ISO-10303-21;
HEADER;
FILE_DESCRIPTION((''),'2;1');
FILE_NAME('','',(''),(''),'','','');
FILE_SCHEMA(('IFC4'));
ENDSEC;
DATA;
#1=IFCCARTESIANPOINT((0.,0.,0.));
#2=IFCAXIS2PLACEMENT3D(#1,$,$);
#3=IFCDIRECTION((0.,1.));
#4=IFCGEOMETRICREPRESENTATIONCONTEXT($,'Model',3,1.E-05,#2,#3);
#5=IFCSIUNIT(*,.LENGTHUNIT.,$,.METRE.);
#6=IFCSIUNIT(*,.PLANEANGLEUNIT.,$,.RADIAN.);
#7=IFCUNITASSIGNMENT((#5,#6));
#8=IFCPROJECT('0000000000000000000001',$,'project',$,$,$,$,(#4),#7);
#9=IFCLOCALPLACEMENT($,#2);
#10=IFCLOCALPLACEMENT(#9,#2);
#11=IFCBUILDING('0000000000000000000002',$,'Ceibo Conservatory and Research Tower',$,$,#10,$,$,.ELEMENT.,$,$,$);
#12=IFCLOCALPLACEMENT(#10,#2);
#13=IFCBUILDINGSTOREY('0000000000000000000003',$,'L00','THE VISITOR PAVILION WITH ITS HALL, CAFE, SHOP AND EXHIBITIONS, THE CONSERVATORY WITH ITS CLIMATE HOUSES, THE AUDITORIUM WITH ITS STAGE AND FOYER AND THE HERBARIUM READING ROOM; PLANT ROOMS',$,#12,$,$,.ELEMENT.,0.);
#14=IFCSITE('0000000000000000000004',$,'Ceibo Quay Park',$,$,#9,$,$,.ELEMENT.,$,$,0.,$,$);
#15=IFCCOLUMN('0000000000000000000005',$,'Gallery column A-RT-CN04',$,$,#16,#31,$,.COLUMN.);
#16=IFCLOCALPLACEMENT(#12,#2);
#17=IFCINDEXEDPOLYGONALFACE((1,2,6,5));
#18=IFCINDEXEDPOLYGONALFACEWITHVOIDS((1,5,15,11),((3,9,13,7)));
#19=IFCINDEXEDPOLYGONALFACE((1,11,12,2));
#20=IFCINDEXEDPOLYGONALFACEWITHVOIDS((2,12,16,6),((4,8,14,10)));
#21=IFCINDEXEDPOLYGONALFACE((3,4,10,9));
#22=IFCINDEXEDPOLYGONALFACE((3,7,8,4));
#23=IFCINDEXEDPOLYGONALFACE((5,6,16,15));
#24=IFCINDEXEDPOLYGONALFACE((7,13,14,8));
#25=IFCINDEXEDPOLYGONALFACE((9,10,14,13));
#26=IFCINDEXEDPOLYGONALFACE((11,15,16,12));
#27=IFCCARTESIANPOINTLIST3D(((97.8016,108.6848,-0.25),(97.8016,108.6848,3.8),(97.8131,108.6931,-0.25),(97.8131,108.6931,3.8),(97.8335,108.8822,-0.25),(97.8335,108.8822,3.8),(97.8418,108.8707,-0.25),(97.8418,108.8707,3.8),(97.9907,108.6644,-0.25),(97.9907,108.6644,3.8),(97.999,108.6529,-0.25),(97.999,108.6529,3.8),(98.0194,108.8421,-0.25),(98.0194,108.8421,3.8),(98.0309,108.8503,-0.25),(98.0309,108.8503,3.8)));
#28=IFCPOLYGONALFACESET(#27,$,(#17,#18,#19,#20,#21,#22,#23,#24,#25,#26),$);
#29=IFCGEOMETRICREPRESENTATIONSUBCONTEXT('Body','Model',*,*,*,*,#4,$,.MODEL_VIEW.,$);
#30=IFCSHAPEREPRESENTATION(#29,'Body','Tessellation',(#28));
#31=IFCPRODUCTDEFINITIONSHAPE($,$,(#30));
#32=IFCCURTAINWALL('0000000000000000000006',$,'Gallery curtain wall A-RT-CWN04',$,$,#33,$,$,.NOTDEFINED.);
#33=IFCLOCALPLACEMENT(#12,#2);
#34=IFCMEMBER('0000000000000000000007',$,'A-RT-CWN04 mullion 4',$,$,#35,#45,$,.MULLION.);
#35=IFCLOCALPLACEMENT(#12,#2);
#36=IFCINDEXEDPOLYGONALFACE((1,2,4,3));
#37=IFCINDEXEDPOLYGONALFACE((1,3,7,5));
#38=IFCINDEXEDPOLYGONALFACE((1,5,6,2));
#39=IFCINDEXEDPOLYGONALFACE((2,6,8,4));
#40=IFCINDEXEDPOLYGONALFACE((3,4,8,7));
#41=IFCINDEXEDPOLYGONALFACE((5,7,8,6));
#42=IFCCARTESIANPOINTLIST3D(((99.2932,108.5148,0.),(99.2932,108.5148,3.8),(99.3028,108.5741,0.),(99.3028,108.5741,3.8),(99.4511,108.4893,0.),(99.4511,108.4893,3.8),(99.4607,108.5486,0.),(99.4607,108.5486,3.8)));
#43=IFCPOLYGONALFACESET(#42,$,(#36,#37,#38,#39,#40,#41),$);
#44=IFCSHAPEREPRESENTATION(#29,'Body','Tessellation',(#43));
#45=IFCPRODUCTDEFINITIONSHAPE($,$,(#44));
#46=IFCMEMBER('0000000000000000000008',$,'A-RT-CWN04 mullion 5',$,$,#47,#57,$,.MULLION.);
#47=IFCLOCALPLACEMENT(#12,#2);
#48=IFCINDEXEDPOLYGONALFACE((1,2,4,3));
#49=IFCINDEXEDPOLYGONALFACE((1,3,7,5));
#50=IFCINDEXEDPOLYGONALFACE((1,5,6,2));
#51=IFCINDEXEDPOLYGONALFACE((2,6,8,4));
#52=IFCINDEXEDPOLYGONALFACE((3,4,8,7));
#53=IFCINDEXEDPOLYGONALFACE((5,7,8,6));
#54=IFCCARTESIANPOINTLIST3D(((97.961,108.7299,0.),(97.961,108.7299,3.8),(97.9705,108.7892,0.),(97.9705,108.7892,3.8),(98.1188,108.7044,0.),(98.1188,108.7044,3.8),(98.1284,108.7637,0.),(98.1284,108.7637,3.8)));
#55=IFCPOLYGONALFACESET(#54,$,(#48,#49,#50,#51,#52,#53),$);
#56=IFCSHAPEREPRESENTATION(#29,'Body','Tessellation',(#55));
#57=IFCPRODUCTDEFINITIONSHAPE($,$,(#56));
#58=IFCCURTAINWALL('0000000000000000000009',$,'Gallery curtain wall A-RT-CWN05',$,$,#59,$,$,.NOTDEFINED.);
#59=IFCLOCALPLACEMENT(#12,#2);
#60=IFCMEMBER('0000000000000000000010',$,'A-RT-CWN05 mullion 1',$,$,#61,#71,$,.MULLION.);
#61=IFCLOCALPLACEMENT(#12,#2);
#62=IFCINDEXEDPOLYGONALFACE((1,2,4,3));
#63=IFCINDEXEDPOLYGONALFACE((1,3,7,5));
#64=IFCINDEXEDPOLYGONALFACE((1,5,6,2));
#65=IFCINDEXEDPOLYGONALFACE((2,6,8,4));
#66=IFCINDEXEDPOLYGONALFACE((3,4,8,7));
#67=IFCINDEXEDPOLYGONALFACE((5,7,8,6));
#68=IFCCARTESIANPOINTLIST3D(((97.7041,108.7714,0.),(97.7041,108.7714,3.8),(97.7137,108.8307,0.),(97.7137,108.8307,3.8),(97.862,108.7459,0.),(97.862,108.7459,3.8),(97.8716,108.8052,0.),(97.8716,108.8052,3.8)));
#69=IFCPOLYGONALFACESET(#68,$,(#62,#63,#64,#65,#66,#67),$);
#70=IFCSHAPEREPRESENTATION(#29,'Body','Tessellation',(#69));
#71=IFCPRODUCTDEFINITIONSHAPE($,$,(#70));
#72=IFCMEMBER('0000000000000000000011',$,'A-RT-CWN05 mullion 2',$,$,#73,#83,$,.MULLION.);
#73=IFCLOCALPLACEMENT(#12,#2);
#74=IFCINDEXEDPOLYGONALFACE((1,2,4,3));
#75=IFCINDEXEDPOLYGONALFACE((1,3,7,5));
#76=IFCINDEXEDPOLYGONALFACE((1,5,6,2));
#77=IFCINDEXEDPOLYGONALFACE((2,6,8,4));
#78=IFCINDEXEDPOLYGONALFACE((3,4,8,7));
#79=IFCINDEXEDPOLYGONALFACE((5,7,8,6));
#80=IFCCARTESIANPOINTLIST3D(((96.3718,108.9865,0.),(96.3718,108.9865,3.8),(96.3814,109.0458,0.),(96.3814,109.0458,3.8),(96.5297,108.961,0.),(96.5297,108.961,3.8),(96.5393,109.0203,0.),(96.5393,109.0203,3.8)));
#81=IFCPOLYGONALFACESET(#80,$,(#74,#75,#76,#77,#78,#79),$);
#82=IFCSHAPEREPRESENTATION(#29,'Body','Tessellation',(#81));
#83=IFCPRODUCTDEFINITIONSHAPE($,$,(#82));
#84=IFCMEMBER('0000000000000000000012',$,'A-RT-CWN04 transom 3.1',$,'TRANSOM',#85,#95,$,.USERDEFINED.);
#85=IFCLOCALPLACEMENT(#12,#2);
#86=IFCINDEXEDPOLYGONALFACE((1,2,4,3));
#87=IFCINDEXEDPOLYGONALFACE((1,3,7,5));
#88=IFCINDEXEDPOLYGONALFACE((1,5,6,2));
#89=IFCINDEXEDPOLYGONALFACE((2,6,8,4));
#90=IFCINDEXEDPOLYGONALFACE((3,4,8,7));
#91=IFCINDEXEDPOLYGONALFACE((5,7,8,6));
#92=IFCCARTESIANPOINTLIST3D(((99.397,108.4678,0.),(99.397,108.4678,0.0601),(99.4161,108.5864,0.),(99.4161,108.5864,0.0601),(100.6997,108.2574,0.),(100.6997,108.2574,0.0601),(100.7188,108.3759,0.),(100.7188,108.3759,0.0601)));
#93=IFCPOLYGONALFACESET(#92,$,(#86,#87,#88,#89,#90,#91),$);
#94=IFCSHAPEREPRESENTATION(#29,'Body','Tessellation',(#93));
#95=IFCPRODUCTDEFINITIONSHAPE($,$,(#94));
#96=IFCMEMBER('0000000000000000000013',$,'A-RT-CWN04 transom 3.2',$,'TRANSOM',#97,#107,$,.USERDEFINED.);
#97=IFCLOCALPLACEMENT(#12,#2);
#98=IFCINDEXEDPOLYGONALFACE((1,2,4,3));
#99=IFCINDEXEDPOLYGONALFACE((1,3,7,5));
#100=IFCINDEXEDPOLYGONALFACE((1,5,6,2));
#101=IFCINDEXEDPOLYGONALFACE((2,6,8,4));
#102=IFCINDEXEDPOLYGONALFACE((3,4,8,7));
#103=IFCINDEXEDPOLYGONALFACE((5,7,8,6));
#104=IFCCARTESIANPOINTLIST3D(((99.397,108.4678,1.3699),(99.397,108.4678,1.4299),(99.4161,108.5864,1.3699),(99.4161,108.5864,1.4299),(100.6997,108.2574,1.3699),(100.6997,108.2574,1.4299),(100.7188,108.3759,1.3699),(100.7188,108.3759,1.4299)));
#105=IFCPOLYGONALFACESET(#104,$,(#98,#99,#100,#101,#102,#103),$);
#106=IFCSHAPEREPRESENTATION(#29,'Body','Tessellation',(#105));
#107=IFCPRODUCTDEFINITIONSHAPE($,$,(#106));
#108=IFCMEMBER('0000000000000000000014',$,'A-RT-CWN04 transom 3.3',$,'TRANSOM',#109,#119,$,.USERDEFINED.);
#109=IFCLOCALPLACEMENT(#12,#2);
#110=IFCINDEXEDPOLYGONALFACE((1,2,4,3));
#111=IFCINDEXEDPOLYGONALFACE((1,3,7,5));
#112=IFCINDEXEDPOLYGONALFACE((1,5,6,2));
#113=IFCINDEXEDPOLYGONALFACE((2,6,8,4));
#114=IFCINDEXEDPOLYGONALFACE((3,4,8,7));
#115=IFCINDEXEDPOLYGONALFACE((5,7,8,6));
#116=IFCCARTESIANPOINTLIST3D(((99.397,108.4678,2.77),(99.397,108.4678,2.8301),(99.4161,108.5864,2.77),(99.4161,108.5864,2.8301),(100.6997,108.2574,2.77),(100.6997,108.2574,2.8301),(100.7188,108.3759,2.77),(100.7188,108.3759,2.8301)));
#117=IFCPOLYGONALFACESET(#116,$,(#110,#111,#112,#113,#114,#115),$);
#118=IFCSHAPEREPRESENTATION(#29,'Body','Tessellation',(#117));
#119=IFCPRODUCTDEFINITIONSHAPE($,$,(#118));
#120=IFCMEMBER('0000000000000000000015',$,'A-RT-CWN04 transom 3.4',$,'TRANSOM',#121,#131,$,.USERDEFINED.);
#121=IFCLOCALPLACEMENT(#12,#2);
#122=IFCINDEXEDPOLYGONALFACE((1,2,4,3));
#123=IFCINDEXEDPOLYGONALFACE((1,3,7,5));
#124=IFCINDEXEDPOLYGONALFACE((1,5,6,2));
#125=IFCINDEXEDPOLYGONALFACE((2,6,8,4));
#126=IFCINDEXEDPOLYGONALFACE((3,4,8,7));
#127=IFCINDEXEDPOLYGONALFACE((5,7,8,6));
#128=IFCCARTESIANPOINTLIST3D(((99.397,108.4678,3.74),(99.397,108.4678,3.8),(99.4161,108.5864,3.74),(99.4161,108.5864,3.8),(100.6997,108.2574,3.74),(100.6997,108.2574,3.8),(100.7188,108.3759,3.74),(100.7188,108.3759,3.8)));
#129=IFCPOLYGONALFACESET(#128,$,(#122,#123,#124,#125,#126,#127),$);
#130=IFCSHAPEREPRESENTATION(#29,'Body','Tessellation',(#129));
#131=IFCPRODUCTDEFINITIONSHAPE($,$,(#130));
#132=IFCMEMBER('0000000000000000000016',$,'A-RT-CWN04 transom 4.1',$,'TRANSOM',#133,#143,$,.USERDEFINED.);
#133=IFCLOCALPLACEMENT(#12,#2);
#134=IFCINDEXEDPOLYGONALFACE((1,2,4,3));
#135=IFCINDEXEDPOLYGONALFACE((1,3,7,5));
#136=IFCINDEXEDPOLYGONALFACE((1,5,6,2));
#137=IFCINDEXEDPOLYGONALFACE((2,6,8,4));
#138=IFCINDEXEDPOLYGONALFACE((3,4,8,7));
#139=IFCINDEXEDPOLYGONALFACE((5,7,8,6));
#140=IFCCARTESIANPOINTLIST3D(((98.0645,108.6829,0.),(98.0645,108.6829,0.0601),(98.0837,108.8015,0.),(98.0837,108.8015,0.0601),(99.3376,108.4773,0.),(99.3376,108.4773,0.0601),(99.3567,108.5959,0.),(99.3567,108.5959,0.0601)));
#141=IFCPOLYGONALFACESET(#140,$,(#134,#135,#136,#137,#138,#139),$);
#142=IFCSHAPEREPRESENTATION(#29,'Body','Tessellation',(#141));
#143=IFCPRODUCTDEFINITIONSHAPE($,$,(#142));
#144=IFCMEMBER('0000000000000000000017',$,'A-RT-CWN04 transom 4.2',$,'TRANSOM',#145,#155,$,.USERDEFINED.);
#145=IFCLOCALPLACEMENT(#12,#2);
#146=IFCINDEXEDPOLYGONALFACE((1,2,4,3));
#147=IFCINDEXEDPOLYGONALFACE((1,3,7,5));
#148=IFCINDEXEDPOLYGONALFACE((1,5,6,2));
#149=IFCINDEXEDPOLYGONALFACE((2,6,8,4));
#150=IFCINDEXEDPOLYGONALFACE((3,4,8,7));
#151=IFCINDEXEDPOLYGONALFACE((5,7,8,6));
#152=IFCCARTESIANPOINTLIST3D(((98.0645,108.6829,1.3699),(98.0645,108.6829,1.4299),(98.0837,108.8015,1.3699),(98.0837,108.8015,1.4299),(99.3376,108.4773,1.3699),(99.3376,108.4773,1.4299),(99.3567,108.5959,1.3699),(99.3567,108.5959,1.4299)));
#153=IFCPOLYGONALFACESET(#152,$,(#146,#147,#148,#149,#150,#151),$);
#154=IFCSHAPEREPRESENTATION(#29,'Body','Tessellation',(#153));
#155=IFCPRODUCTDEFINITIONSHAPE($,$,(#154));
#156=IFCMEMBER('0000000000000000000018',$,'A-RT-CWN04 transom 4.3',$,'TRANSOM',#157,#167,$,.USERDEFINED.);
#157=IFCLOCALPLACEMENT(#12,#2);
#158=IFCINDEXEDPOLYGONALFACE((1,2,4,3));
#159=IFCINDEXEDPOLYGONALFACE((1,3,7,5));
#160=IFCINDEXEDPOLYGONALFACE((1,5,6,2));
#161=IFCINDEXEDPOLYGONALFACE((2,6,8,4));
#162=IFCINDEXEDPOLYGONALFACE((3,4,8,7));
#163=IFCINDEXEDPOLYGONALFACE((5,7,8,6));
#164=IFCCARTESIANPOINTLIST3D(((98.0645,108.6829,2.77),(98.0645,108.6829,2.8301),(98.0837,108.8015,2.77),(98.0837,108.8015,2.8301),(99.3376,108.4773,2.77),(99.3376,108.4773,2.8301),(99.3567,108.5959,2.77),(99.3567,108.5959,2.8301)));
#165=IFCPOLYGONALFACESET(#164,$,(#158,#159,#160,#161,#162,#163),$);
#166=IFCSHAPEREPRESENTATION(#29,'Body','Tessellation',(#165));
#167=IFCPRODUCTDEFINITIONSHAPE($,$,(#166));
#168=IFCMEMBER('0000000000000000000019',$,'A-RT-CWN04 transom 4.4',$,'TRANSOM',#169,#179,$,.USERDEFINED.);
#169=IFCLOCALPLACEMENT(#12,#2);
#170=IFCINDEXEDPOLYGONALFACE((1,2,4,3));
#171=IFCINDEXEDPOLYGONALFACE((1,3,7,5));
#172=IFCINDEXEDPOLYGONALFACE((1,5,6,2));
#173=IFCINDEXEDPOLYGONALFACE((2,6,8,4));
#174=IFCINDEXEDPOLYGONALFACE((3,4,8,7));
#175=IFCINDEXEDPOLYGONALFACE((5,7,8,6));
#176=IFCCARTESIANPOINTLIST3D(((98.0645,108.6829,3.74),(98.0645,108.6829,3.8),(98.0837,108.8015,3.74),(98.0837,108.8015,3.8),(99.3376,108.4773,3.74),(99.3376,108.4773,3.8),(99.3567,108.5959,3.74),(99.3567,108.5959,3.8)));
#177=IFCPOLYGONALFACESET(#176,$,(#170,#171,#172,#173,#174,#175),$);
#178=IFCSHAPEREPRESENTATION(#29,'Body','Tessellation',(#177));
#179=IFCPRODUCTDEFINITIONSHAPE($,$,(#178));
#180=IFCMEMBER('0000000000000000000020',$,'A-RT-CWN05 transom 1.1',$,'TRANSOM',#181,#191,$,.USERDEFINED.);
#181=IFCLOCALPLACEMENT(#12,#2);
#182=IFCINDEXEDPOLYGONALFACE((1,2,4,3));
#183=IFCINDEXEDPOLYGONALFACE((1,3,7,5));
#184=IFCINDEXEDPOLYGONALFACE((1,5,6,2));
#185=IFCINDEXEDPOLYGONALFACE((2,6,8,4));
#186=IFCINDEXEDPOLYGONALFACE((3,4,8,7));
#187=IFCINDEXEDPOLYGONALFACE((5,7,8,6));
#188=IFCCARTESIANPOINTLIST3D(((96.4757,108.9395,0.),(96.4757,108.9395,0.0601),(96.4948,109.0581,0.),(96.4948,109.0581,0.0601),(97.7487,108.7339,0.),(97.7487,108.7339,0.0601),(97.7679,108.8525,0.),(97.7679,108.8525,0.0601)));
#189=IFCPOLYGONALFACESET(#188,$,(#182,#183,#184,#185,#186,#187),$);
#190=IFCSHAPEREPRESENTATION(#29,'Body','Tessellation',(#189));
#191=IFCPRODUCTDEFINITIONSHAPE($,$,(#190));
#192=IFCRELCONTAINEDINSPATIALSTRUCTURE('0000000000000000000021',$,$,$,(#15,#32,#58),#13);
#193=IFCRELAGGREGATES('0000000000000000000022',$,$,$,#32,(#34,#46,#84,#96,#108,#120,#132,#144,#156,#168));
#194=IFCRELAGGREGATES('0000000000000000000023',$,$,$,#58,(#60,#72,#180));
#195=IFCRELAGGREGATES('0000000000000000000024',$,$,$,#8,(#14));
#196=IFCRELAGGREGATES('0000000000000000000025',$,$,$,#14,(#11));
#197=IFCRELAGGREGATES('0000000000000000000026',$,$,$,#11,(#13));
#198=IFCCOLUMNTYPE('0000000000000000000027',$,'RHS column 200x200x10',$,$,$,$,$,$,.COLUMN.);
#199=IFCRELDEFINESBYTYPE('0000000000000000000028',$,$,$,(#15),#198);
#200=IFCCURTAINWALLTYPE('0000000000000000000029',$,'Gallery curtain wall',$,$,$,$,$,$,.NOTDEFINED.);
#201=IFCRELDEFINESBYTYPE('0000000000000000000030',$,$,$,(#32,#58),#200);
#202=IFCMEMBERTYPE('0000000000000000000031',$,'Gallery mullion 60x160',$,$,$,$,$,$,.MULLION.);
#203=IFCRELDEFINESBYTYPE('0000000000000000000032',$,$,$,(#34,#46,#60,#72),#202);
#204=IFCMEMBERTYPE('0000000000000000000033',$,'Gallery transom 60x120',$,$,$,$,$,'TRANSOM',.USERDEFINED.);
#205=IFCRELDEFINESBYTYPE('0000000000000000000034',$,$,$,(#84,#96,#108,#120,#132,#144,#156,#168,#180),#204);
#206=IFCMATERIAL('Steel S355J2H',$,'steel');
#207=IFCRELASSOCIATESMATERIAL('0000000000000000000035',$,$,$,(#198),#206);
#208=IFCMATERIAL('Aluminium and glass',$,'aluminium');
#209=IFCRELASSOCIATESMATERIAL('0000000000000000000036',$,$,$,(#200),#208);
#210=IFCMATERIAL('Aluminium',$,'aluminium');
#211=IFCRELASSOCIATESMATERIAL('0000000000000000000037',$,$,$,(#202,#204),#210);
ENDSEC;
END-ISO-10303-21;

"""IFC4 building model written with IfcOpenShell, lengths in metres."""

from ifc_helpers import new_model, si_unit, direction, frame, origin, origin_2d, place, context, subcontext, project, spatial, rectangle, hollow_rectangle, extrude, material, material_profile, profile_set, type_object, element, aggregate, save


model = new_model("IFC4")

# Units and contexts
model_context = context("Model", 3, precision=1e-05, world=origin(), true_north=direction((0.0, 1.0)))
body_context = subcontext(model_context, "Body", "Model", "MODEL_VIEW")
ifc_project = project(units=[si_unit("LENGTHUNIT", "METRE"), si_unit("PLANEANGLEUNIT", "RADIAN")], contexts=[model_context])

# Site, building, storey
site_placement = place(None, origin())
site = spatial("IfcSite", under=ifc_project, at=site_placement, Name="Ceibo Quay Park", CompositionType="ELEMENT", RefElevation=0.0)
building_placement = place(site_placement, origin())
building = spatial("IfcBuilding", under=site, at=building_placement, Name="Ceibo Conservatory and Research Tower", CompositionType="ELEMENT")
storey_placement = place(building_placement, origin())
storey = spatial("IfcBuildingStorey", under=building, at=storey_placement, Name="L00", Description="THE VISITOR PAVILION WITH ITS HALL, CAFE, SHOP AND EXHIBITIONS, THE CONSERVATORY WITH ITS CLIMATE HOUSES, THE AUDITORIUM WITH ITS STAGE AND FOYER AND THE HERBARIUM READING ROOM; PLANT ROOMS", CompositionType="ELEMENT", Elevation=0.0)

# Column
ifc_material_1 = material(Name="Steel S355J2H", Category="steel")
ifc_material_profile_1 = material_profile(ifc_material_1, hollow_rectangle(XDim=0.2, YDim=0.2, WallThickness=0.01, at=origin_2d()), Name="RHS column 200x200x10")
ifc_profile_set_1 = profile_set([ifc_material_profile_1], Name="Steel S355J2H")
column_type = type_object("IfcColumnType", Name="RHS column 200x200x10", PredefinedType="COLUMN", material=ifc_profile_set_1)
column_placement = place(storey_placement, frame((97.9163, 108.7676, -0.25), z_axis=(0.0, 0.0, 1.0), x_axis=(-0.987216, 0.159391, 0.0)))
element("IfcColumn", 1, at=column_placement, inside=storey, type_object=column_type, Name="Gallery column A-RT-CN04", PredefinedType="COLUMN", context=body_context, shape_type="SweptSolid", body=[
    extrude(hollow_rectangle(XDim=0.2, YDim=0.2, WallThickness=0.01, at=origin_2d()), origin(), (0.0, 0.0, 1.0), 4.05),
])

# Curtain walls, members
ifc_material_2 = material(Name="Aluminium and glass", Category="aluminium")
curtain_wall_type = type_object("IfcCurtainWallType", Name="Gallery curtain wall", PredefinedType="NOTDEFINED", material=ifc_material_2)
curtain_wall_1_placement = place(storey_placement, origin())
curtain_wall_1 = element("IfcCurtainWall", 2, at=curtain_wall_1_placement, inside=storey, type_object=curtain_wall_type, Name="Gallery curtain wall A-RT-CWN04", PredefinedType="NOTDEFINED")
ifc_material_3 = material(Name="Aluminium", Category="aluminium")
ifc_material_profile_2 = material_profile(ifc_material_3, rectangle(XDim=0.0601, YDim=0.1599, at=origin_2d()), Name="AL 60x160")
ifc_profile_set_2 = profile_set([ifc_material_profile_2], Name="Aluminium")
member_type_1 = type_object("IfcMemberType", Name="Gallery mullion 60x160", PredefinedType="MULLION", material=ifc_profile_set_2)
member_1_placement = place(storey_placement, frame((99.377, 108.5317, 0.0), z_axis=(0.0, 0.0, 1.0), x_axis=(-0.159391, -0.987216, 0.0)))
member_1 = element("IfcMember", 3, at=member_1_placement, type_object=member_type_1, Name="A-RT-CWN04 mullion 4", PredefinedType="MULLION", context=body_context, shape_type="SweptSolid", body=[
    extrude(rectangle(XDim=0.0601, YDim=0.1599, at=origin_2d()), origin(), (0.0, 0.0, 1.0), 3.8),
])
member_2_placement = place(storey_placement, frame((98.0447, 108.7468, 0.0), z_axis=(0.0, 0.0, 1.0), x_axis=(-0.159391, -0.987216, 0.0)))
member_2 = element("IfcMember", 4, at=member_2_placement, type_object=member_type_1, Name="A-RT-CWN04 mullion 5", PredefinedType="MULLION", context=body_context, shape_type="SweptSolid", body=[
    extrude(rectangle(XDim=0.0601, YDim=0.1599, at=origin_2d()), origin(), (0.0, 0.0, 1.0), 3.8),
])
curtain_wall_2_placement = place(storey_placement, origin())
curtain_wall_2 = element("IfcCurtainWall", 5, at=curtain_wall_2_placement, inside=storey, type_object=curtain_wall_type, Name="Gallery curtain wall A-RT-CWN05", PredefinedType="NOTDEFINED")
member_3_placement = place(storey_placement, frame((97.7878, 108.7883, 0.0), z_axis=(0.0, 0.0, 1.0), x_axis=(-0.159391, -0.987216, 0.0)))
member_3 = element("IfcMember", 6, at=member_3_placement, type_object=member_type_1, Name="A-RT-CWN05 mullion 1", PredefinedType="MULLION", context=body_context, shape_type="SweptSolid", body=[
    extrude(rectangle(XDim=0.0601, YDim=0.1599, at=origin_2d()), origin(), (0.0, 0.0, 1.0), 3.8),
])
member_4_placement = place(storey_placement, frame((96.4556, 109.0034, 0.0), z_axis=(0.0, 0.0, 1.0), x_axis=(-0.159391, -0.987216, 0.0)))
member_4 = element("IfcMember", 7, at=member_4_placement, type_object=member_type_1, Name="A-RT-CWN05 mullion 2", PredefinedType="MULLION", context=body_context, shape_type="SweptSolid", body=[
    extrude(rectangle(XDim=0.0601, YDim=0.1599, at=origin_2d()), origin(), (0.0, 0.0, 1.0), 3.8),
])

# Members
ifc_material_profile_3 = material_profile(ifc_material_3, rectangle(XDim=0.1201, YDim=0.0601, at=origin_2d()), Name="AL 60x120")
ifc_profile_set_3 = profile_set([ifc_material_profile_3], Name="Aluminium")
member_type_2 = type_object("IfcMemberType", Name="Gallery transom 60x120", ElementType="TRANSOM", PredefinedType="USERDEFINED", material=ifc_profile_set_3)
member_5_placement = place(storey_placement, frame((100.7092, 108.3167, 0.03), z_axis=(-0.987202, 0.159477, 0.0), x_axis=(-0.159477, -0.987202, 0.0)))
member_5 = element("IfcMember", 8, at=member_5_placement, type_object=member_type_2, Name="A-RT-CWN04 transom 3.1", ObjectType="TRANSOM", PredefinedType="USERDEFINED", context=body_context, shape_type="SweptSolid", body=[
    extrude(rectangle(XDim=0.1201, YDim=0.0601, at=origin_2d()), origin(), (0.0, 0.0, 1.0), 1.3196),
])
member_6_placement = place(storey_placement, frame((100.7092, 108.3167, 1.3999), z_axis=(-0.987202, 0.159477, 0.0), x_axis=(-0.159477, -0.987202, 0.0)))
member_6 = element("IfcMember", 9, at=member_6_placement, type_object=member_type_2, Name="A-RT-CWN04 transom 3.2", ObjectType="TRANSOM", PredefinedType="USERDEFINED", context=body_context, shape_type="SweptSolid", body=[
    extrude(rectangle(XDim=0.1201, YDim=0.0601, at=origin_2d()), origin(), (0.0, 0.0, 1.0), 1.3196),
])
member_7_placement = place(storey_placement, frame((100.7092, 108.3167, 2.8), z_axis=(-0.987202, 0.159477, 0.0), x_axis=(-0.159477, -0.987202, 0.0)))
member_7 = element("IfcMember", 10, at=member_7_placement, type_object=member_type_2, Name="A-RT-CWN04 transom 3.3", ObjectType="TRANSOM", PredefinedType="USERDEFINED", context=body_context, shape_type="SweptSolid", body=[
    extrude(rectangle(XDim=0.1201, YDim=0.0601, at=origin_2d()), origin(), (0.0, 0.0, 1.0), 1.3196),
])
member_8_placement = place(storey_placement, frame((100.7092, 108.3167, 3.77), z_axis=(-0.987202, 0.159477, 0.0), x_axis=(-0.159477, -0.987202, 0.0)))
member_8 = element("IfcMember", 11, at=member_8_placement, type_object=member_type_2, Name="A-RT-CWN04 transom 3.4", ObjectType="TRANSOM", PredefinedType="USERDEFINED", context=body_context, shape_type="SweptSolid", body=[
    extrude(rectangle(XDim=0.1201, YDim=0.0601, at=origin_2d()), origin(), (0.0, 0.0, 1.0), 1.3196),
])
member_9_placement = place(storey_placement, frame((99.3472, 108.5366, 0.03), z_axis=(-0.98721, 0.159423, 0.0), x_axis=(-0.159423, -0.98721, 0.0)))
member_9 = element("IfcMember", 12, at=member_9_placement, type_object=member_type_2, Name="A-RT-CWN04 transom 4.1", ObjectType="TRANSOM", PredefinedType="USERDEFINED", context=body_context, shape_type="SweptSolid", body=[
    extrude(rectangle(XDim=0.1201, YDim=0.0601, at=origin_2d()), origin(), (0.0, 0.0, 1.0), 1.2896),
])
member_10_placement = place(storey_placement, frame((99.3472, 108.5366, 1.3999), z_axis=(-0.98721, 0.159423, 0.0), x_axis=(-0.159423, -0.98721, 0.0)))
member_10 = element("IfcMember", 13, at=member_10_placement, type_object=member_type_2, Name="A-RT-CWN04 transom 4.2", ObjectType="TRANSOM", PredefinedType="USERDEFINED", context=body_context, shape_type="SweptSolid", body=[
    extrude(rectangle(XDim=0.1201, YDim=0.0601, at=origin_2d()), origin(), (0.0, 0.0, 1.0), 1.2896),
])
member_11_placement = place(storey_placement, frame((99.3472, 108.5366, 2.8), z_axis=(-0.98721, 0.159423, 0.0), x_axis=(-0.159423, -0.98721, 0.0)))
member_11 = element("IfcMember", 14, at=member_11_placement, type_object=member_type_2, Name="A-RT-CWN04 transom 4.3", ObjectType="TRANSOM", PredefinedType="USERDEFINED", context=body_context, shape_type="SweptSolid", body=[
    extrude(rectangle(XDim=0.1201, YDim=0.0601, at=origin_2d()), origin(), (0.0, 0.0, 1.0), 1.2896),
])
member_12_placement = place(storey_placement, frame((99.3472, 108.5366, 3.77), z_axis=(-0.98721, 0.159423, 0.0), x_axis=(-0.159423, -0.98721, 0.0)))
member_12 = element("IfcMember", 15, at=member_12_placement, type_object=member_type_2, Name="A-RT-CWN04 transom 4.4", ObjectType="TRANSOM", PredefinedType="USERDEFINED", context=body_context, shape_type="SweptSolid", body=[
    extrude(rectangle(XDim=0.1201, YDim=0.0601, at=origin_2d()), origin(), (0.0, 0.0, 1.0), 1.2896),
])
member_13_placement = place(storey_placement, frame((97.7583, 108.7932, 0.03), z_axis=(-0.98721, 0.159423, 0.0), x_axis=(-0.159423, -0.98721, 0.0)))
member_13 = element("IfcMember", 16, at=member_13_placement, type_object=member_type_2, Name="A-RT-CWN05 transom 1.1", ObjectType="TRANSOM", PredefinedType="USERDEFINED", context=body_context, shape_type="SweptSolid", body=[
    extrude(rectangle(XDim=0.1201, YDim=0.0601, at=origin_2d()), origin(), (0.0, 0.0, 1.0), 1.2896),
])

aggregate(curtain_wall_1, [member_1, member_2, member_5, member_6, member_7, member_8, member_9, member_10, member_11, member_12])
aggregate(curtain_wall_2, [member_3, member_4, member_13])

save(model, "model.ifc")
